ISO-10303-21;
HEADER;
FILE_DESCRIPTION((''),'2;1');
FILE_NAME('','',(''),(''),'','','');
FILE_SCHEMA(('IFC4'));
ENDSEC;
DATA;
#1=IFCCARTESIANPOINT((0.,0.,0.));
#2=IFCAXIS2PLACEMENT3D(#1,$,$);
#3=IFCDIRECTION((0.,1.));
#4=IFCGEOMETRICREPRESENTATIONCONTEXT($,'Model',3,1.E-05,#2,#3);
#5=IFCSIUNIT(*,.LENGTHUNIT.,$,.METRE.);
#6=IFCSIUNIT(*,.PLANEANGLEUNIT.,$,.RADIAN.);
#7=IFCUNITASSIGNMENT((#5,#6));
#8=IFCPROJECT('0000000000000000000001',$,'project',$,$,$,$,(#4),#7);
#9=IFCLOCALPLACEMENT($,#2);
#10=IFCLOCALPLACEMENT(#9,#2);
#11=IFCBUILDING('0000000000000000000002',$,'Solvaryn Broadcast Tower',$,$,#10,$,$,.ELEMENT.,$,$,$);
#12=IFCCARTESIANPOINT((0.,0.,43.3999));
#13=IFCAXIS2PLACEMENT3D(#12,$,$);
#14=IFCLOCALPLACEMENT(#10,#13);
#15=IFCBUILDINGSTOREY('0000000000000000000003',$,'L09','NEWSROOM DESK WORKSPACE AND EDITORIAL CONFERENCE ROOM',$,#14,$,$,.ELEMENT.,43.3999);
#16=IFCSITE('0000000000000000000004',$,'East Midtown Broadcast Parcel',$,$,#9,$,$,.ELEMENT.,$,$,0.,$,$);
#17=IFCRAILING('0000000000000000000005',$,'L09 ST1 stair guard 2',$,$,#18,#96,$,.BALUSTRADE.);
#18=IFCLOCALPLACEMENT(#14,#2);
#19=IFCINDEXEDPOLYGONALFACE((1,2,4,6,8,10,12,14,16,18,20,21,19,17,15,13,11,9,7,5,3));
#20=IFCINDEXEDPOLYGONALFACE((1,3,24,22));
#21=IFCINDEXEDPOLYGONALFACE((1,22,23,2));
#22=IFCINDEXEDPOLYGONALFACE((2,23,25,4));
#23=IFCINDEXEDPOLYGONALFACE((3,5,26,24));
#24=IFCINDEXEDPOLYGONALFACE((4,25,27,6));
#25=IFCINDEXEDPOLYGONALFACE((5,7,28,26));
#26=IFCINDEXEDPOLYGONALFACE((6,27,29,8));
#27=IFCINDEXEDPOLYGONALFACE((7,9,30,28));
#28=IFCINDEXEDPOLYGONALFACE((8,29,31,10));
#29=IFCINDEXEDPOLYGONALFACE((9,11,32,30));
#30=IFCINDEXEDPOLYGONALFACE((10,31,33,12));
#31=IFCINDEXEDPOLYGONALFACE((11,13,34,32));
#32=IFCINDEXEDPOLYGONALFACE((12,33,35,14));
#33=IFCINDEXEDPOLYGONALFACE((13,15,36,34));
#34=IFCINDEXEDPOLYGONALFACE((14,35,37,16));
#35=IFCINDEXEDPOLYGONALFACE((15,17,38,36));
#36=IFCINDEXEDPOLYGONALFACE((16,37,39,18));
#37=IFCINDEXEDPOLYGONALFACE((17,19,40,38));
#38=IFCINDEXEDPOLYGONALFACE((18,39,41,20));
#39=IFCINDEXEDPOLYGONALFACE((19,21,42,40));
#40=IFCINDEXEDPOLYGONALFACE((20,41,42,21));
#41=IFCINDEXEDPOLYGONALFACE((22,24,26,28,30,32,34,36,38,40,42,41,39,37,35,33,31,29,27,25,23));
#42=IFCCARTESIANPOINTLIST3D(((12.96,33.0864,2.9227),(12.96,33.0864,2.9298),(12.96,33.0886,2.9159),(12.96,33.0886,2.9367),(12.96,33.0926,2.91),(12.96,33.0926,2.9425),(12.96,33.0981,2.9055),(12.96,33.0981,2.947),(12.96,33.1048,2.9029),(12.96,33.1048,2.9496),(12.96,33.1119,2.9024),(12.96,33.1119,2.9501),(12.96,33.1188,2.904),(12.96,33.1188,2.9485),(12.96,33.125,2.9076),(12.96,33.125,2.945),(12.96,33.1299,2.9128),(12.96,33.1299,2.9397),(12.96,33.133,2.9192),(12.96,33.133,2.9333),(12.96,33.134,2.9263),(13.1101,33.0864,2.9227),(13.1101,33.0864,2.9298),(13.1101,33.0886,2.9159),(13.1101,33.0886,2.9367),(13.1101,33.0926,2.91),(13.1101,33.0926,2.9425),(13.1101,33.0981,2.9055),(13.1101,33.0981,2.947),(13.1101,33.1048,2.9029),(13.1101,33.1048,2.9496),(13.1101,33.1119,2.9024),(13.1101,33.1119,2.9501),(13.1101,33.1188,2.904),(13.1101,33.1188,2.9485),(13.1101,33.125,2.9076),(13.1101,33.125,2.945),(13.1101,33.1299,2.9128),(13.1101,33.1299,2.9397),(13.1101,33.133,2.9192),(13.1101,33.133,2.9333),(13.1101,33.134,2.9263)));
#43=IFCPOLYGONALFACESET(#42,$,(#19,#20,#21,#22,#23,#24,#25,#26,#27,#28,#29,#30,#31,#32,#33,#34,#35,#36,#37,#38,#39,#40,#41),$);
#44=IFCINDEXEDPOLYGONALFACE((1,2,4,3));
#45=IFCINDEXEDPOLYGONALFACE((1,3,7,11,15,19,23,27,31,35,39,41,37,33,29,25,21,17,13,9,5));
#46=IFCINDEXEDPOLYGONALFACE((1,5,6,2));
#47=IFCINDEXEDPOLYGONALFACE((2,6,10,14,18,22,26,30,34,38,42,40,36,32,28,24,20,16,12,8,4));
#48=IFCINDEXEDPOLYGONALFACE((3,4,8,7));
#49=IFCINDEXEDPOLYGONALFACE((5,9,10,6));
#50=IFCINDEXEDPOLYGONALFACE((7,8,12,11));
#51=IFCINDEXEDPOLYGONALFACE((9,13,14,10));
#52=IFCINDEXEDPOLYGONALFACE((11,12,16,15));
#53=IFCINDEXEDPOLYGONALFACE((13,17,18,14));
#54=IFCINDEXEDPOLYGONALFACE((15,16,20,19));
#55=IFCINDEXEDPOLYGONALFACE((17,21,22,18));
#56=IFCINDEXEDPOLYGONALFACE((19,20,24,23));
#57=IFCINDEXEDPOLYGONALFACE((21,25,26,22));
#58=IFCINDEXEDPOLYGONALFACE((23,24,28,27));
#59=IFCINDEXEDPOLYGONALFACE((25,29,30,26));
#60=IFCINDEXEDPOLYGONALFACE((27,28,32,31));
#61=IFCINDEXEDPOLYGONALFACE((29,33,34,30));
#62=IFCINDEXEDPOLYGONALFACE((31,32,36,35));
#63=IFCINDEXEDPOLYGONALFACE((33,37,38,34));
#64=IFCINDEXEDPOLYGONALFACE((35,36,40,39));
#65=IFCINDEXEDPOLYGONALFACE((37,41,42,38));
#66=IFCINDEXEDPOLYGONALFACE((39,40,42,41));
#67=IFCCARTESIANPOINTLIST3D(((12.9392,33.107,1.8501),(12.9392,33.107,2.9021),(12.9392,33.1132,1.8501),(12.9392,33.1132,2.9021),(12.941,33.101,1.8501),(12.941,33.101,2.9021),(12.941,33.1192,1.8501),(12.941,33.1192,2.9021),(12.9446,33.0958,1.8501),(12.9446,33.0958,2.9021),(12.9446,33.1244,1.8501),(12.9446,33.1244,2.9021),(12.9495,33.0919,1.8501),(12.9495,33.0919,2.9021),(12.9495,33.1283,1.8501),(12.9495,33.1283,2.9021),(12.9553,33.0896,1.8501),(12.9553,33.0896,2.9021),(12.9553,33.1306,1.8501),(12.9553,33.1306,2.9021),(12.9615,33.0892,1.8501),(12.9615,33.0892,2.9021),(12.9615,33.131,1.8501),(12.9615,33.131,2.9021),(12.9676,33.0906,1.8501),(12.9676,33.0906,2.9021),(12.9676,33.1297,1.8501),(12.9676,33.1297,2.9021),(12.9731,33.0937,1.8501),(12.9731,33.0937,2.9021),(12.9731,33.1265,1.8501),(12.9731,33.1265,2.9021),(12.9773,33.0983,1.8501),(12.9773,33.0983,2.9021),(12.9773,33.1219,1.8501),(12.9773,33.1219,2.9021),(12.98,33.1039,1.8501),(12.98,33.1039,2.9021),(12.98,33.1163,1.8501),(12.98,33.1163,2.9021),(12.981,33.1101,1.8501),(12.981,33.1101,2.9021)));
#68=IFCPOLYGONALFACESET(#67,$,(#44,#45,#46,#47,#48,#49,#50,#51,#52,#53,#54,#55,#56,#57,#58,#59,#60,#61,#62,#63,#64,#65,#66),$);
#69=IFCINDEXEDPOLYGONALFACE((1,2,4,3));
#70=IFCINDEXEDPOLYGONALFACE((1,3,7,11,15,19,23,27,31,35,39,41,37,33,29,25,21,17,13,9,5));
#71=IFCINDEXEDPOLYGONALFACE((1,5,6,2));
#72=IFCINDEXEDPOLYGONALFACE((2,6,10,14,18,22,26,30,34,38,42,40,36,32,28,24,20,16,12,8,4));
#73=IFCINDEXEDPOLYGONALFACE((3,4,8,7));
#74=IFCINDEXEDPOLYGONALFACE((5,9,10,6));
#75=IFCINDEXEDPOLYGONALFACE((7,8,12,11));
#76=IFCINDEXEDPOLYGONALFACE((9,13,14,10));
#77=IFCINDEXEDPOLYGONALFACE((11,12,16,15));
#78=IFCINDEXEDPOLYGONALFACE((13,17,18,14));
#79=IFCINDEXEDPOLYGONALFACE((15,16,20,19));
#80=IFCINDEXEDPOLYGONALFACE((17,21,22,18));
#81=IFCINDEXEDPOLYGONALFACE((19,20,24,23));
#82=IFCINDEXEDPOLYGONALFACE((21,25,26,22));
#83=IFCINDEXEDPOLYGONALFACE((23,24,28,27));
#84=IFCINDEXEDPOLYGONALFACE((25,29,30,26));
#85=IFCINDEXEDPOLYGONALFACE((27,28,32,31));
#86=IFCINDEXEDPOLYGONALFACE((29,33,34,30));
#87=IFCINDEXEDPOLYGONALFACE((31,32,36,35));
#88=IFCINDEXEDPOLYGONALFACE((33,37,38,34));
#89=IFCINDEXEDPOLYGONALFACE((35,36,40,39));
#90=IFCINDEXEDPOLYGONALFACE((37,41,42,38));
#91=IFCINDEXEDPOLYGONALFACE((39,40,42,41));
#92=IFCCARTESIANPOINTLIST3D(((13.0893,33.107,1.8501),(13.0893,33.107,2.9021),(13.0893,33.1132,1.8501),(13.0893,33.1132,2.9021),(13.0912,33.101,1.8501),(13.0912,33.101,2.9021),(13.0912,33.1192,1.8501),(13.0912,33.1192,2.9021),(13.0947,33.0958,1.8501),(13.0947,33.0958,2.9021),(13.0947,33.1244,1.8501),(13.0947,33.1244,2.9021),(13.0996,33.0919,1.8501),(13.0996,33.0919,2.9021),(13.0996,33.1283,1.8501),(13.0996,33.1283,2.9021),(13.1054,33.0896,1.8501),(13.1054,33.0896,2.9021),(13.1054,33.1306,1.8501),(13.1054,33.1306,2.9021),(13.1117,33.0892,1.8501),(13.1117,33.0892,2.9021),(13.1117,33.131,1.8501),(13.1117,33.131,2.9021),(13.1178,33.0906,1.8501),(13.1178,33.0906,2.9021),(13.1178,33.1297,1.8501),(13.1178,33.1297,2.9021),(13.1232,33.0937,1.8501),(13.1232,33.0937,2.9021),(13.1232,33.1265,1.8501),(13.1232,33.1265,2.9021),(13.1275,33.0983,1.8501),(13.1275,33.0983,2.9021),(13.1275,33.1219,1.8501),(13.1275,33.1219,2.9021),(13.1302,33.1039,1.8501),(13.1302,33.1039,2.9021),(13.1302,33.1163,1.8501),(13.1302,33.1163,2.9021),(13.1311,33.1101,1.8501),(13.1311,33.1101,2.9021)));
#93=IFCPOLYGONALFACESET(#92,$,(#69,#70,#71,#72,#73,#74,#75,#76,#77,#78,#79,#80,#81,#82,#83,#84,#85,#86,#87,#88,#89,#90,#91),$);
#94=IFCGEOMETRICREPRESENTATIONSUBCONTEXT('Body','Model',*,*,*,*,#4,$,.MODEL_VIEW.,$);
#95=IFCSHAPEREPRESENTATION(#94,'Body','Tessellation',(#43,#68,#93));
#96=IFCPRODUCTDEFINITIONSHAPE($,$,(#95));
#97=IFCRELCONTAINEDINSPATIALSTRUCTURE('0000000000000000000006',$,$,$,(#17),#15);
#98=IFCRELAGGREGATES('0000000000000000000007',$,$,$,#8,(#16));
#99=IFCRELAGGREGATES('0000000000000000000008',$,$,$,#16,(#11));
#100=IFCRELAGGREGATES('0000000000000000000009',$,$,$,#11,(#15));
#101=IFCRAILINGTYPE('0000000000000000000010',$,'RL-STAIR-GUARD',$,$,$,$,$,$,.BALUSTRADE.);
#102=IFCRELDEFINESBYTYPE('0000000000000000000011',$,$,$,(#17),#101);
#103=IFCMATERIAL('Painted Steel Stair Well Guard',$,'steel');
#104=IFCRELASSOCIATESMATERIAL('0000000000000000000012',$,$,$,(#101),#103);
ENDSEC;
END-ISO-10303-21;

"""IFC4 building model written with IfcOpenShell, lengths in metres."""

from ifc_helpers import new_model, si_unit, direction, frame, origin, origin_2d, place, context, subcontext, project, spatial, circle, extrude, material, type_object, element, save


model = new_model("IFC4")

# Units and contexts
model_context = context("Model", 3, precision=1e-05, world=origin(), true_north=direction((0.0, 1.0)))
body_context = subcontext(model_context, "Body", "Model", "MODEL_VIEW")
ifc_project = project(units=[si_unit("LENGTHUNIT", "METRE"), si_unit("PLANEANGLEUNIT", "RADIAN")], contexts=[model_context])

# Site, building, storey
site_placement = place(None, origin())
site = spatial("IfcSite", under=ifc_project, at=site_placement, Name="East Midtown Broadcast Parcel", CompositionType="ELEMENT", RefElevation=0.0)
building_placement = place(site_placement, origin())
building = spatial("IfcBuilding", under=site, at=building_placement, Name="Solvaryn Broadcast Tower", CompositionType="ELEMENT")
storey_placement = place(building_placement, frame((0.0, 0.0, 43.3999)))
storey = spatial("IfcBuildingStorey", under=building, at=storey_placement, Name="L09", Description="NEWSROOM DESK WORKSPACE AND EDITORIAL CONFERENCE ROOM", CompositionType="ELEMENT", Elevation=43.3999)

# Railing
ifc_material_1 = material(Name="Painted Steel Stair Well Guard", Category="steel")
railing_type_1 = type_object("IfcRailingType", Name="RL-STAIR-GUARD", PredefinedType="BALUSTRADE", material=ifc_material_1)
railing_1_placement = place(storey_placement, frame((12.96, 33.1101, 1.8501)))
element("IfcRailing", 1, at=railing_1_placement, inside=storey, type_object=railing_type_1, Name="L09 ST1 stair guard 2", PredefinedType="BALUSTRADE", context=body_context, shape_type="SweptSolid", body=[
    extrude(circle(Radius=0.0239, at=origin_2d()), frame((0.0, 0.0, 1.0762), z_axis=(1.0, 0.0, 0.0), x_axis=(0.0, 1.0, 0.0)), (0.0, 0.0, 1.0), 0.1501),
    extrude(circle(Radius=0.021, at=origin_2d()), origin(), (0.0, 0.0, 1.0), 1.052),
    extrude(circle(Radius=0.021, at=origin_2d()), frame((0.1501, 0.0, 0.0)), (0.0, 0.0, 1.0), 1.052),
])

save(model, "model.ifc")
